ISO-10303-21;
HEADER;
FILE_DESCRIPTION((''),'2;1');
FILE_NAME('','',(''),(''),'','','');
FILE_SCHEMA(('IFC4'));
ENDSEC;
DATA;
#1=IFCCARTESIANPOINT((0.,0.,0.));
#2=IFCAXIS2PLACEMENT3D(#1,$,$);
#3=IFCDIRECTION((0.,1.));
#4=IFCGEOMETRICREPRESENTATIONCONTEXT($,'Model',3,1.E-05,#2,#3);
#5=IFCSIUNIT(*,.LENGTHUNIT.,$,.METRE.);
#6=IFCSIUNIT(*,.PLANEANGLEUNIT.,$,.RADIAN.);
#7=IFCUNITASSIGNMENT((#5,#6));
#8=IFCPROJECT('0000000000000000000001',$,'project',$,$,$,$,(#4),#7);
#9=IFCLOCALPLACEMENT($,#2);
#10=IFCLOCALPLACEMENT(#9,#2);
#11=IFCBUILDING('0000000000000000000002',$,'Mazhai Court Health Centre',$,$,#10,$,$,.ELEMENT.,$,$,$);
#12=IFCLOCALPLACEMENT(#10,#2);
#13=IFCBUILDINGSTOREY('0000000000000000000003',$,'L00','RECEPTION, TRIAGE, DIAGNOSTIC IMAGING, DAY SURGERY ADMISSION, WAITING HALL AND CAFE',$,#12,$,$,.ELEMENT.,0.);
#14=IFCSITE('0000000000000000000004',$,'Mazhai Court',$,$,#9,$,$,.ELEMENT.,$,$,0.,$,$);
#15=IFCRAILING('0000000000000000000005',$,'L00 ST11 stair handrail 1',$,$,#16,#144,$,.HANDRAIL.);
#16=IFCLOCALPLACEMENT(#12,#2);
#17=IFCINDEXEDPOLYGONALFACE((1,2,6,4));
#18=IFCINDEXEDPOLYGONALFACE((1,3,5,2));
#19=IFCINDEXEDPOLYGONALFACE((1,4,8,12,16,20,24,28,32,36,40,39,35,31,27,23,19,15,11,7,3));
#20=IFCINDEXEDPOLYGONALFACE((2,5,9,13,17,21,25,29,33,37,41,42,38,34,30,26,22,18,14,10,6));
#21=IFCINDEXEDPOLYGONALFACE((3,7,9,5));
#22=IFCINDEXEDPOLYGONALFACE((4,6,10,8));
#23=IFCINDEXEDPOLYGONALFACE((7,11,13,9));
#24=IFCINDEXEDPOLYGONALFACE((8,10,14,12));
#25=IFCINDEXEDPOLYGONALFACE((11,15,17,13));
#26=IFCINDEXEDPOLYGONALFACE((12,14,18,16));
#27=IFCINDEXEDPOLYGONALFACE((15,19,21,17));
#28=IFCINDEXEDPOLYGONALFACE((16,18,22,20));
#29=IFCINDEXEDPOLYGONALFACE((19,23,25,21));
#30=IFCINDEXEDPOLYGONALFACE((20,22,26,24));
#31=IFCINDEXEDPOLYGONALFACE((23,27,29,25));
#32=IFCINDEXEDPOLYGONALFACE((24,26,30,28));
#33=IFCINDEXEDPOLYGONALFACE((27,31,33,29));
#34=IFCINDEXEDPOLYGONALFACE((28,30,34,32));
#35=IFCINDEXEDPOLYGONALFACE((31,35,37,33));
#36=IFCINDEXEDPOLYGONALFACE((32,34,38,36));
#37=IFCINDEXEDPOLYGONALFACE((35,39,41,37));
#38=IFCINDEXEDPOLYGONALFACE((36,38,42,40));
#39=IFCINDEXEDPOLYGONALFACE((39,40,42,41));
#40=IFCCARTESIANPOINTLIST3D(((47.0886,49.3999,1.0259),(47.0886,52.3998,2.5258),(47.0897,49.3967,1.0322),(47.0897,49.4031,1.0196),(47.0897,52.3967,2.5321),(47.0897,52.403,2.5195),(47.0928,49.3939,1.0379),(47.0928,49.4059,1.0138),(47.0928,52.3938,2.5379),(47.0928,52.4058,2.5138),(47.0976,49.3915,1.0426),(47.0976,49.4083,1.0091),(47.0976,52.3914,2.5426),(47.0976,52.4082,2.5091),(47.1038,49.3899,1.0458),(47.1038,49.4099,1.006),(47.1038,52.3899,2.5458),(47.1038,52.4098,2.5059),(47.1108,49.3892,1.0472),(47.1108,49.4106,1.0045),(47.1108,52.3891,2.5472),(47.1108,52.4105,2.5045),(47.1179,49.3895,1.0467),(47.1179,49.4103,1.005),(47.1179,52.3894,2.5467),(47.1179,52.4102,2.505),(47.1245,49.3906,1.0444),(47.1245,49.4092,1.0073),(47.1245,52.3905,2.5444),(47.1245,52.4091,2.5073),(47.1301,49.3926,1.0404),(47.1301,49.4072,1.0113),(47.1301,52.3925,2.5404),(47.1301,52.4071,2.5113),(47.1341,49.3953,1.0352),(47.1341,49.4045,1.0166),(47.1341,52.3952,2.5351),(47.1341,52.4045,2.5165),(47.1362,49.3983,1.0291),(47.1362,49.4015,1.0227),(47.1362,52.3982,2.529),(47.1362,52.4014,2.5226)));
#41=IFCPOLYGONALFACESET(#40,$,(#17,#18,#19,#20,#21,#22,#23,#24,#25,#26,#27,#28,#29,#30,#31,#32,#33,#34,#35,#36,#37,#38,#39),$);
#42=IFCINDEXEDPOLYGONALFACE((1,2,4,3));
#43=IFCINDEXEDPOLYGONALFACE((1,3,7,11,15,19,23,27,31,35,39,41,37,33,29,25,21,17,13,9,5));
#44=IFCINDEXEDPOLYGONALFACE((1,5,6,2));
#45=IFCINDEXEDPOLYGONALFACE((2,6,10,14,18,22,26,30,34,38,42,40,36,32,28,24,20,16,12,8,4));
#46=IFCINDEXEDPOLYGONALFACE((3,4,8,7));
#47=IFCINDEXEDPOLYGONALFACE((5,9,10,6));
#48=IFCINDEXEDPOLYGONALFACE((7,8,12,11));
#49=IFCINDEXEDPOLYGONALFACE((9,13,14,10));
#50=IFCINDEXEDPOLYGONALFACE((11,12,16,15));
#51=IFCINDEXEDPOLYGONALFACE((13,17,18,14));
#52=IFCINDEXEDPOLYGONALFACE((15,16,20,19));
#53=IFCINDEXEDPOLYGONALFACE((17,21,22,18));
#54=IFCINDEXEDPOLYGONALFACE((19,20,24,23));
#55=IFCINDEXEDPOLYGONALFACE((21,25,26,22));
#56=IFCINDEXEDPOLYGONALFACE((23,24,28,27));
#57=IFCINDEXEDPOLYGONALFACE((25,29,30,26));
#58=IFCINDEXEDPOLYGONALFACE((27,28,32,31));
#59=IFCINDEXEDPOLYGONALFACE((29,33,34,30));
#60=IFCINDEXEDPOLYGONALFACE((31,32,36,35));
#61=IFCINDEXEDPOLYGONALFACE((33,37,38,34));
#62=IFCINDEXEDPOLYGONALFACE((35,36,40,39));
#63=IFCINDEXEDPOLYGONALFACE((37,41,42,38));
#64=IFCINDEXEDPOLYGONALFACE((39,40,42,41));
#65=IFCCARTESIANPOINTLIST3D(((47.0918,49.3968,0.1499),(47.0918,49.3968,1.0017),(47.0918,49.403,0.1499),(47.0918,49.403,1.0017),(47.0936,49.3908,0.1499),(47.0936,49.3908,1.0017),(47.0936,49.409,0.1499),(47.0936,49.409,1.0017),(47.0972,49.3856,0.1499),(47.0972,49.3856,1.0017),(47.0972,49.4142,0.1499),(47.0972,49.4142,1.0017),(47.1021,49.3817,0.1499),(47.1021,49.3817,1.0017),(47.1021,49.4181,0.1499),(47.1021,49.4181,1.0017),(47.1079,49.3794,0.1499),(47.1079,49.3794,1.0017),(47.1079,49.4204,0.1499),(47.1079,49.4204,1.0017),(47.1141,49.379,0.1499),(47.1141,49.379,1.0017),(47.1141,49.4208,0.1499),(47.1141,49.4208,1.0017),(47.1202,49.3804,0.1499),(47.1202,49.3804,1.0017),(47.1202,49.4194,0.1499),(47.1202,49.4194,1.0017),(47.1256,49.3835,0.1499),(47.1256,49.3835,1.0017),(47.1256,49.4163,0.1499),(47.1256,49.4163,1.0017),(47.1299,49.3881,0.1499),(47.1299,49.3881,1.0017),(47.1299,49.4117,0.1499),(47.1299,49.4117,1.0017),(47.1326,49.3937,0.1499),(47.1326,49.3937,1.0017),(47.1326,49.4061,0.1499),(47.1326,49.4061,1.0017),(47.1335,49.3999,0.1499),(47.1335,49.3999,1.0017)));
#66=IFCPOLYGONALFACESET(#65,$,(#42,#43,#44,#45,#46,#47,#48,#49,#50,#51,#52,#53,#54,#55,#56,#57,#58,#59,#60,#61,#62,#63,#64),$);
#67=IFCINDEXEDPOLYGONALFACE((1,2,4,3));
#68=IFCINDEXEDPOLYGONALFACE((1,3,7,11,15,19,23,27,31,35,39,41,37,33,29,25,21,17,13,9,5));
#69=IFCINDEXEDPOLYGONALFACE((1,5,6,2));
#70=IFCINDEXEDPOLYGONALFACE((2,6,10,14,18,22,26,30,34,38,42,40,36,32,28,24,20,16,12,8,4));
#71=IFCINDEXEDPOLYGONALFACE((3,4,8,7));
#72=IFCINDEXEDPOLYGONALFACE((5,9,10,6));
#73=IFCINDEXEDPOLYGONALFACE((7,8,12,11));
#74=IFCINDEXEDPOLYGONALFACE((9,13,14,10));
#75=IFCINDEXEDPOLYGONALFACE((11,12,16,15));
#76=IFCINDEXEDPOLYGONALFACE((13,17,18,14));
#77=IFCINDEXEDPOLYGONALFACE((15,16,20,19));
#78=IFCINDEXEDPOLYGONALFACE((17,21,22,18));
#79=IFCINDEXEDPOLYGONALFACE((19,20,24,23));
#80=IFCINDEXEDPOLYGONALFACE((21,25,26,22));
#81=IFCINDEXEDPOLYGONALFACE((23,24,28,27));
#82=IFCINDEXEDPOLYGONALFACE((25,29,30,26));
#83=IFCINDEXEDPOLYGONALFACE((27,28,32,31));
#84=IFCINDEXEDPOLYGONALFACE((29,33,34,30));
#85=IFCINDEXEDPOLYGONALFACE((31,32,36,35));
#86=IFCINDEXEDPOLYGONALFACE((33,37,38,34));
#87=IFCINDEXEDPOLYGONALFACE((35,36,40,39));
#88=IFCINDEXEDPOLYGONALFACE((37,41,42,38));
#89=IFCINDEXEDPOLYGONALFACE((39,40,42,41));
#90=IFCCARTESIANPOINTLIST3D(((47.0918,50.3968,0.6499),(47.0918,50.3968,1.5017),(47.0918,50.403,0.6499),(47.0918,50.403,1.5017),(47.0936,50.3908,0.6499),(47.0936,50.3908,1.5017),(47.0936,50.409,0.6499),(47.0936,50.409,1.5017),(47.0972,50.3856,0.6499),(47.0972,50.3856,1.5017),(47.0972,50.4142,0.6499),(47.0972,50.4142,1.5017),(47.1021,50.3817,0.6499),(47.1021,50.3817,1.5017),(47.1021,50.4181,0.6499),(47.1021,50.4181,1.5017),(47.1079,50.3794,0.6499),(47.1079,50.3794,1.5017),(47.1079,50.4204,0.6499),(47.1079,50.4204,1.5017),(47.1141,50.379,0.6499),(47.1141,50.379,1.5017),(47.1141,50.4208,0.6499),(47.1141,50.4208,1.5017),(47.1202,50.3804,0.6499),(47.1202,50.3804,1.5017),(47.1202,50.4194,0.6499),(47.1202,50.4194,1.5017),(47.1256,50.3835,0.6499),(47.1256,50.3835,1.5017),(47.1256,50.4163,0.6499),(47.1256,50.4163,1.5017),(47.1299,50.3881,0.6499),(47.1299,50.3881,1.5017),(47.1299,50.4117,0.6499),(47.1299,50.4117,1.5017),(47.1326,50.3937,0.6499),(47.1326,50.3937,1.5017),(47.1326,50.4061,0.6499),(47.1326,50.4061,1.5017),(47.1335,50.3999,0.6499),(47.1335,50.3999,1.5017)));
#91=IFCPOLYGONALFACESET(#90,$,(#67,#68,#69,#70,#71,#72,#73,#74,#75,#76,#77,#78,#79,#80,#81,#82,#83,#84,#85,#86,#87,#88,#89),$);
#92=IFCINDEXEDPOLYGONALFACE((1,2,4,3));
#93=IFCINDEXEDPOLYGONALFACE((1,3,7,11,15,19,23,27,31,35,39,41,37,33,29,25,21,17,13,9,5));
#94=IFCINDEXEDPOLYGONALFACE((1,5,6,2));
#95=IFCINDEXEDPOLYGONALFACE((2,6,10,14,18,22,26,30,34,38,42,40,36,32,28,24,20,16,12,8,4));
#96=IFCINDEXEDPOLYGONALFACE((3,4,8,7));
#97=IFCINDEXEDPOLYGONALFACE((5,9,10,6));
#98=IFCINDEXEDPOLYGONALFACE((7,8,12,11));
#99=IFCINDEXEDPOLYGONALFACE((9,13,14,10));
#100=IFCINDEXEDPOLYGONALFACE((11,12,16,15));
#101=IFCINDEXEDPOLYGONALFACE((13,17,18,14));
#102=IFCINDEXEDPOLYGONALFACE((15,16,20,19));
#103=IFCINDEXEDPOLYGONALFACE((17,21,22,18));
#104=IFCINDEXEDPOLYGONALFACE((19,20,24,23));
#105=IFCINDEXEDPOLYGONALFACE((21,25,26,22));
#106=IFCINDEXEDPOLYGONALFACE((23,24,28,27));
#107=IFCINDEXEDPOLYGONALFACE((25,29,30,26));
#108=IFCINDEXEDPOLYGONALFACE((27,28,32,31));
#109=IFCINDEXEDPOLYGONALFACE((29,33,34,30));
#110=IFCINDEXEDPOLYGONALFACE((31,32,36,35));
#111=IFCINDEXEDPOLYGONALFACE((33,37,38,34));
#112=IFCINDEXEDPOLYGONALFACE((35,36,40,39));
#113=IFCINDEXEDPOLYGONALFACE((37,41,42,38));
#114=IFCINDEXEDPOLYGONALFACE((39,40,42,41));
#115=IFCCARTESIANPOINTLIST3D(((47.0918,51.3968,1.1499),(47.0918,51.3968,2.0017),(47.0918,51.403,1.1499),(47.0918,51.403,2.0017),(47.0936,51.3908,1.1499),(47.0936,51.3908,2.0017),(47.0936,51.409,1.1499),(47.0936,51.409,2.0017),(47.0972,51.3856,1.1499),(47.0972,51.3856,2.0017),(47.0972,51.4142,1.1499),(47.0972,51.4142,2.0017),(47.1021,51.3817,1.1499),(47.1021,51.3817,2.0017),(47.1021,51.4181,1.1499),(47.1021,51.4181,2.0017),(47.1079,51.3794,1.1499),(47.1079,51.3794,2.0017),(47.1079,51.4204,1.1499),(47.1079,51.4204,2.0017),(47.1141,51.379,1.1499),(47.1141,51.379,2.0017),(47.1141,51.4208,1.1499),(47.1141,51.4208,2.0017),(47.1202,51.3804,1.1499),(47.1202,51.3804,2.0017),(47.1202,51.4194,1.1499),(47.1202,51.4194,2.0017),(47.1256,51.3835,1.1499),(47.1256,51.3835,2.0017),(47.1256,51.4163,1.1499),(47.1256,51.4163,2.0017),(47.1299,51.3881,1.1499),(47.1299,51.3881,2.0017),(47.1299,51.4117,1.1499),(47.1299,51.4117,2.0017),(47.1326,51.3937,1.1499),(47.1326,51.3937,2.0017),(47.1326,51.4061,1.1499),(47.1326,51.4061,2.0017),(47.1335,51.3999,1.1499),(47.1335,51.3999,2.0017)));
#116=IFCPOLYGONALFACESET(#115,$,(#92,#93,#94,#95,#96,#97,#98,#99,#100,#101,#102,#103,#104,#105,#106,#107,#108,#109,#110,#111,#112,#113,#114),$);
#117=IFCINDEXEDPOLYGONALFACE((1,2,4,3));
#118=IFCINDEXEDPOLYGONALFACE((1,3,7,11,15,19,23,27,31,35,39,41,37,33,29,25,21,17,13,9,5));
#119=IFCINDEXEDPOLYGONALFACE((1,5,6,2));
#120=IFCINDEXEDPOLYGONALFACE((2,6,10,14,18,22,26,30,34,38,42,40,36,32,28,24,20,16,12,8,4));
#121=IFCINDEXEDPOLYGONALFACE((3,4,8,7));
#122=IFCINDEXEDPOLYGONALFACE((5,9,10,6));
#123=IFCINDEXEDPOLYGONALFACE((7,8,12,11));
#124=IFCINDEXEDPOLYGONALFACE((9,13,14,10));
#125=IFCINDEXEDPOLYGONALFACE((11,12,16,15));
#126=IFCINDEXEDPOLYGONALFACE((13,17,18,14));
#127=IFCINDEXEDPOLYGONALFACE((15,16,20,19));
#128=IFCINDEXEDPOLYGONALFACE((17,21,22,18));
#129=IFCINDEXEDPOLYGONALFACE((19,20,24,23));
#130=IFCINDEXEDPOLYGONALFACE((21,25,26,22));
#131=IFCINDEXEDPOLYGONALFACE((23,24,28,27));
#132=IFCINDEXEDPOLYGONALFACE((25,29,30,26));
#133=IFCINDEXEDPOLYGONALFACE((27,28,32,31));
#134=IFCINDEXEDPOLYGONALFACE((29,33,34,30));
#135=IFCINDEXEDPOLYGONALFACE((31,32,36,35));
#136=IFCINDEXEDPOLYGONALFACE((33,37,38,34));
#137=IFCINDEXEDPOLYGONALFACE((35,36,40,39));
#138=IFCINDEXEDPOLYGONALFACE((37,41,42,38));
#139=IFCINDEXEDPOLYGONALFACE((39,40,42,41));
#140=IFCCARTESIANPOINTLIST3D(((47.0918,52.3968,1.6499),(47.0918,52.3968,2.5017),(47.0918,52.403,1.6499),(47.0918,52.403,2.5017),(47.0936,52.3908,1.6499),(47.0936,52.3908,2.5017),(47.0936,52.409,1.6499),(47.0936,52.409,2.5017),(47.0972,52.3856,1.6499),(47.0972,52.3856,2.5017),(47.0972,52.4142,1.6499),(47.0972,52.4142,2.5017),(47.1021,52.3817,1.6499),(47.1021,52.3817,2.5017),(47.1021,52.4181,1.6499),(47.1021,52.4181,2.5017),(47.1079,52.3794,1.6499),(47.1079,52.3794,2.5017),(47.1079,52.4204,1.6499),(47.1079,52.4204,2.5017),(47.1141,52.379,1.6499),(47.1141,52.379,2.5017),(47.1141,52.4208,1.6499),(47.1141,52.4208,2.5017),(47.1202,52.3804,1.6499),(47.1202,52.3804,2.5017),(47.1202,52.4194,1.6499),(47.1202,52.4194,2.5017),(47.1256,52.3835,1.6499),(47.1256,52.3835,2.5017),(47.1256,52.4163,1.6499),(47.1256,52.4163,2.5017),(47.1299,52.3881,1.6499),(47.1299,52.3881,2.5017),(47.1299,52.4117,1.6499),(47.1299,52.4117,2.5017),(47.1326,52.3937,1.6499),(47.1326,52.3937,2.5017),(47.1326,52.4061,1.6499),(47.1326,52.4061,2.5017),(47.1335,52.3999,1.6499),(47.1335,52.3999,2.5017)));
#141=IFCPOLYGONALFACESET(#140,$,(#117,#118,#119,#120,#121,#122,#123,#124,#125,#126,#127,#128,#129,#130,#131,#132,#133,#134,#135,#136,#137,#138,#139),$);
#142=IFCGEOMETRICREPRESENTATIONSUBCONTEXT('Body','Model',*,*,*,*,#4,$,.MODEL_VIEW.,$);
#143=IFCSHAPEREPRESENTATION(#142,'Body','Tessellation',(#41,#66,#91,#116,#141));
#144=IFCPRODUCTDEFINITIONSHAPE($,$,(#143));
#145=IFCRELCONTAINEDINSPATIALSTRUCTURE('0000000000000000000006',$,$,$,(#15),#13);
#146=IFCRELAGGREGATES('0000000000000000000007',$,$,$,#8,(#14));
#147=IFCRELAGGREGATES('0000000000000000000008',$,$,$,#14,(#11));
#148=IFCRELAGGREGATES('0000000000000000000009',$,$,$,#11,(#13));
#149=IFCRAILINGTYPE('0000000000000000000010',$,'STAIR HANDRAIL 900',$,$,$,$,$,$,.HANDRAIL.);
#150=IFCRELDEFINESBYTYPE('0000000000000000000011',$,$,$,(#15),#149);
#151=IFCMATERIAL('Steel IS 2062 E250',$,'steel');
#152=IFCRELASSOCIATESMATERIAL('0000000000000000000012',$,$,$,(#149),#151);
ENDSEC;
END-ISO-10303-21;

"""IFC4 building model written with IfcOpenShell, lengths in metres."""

from ifc_helpers import new_model, si_unit, direction, frame, origin, origin_2d, place, context, subcontext, project, spatial, circle, extrude, material, type_object, element, save


model = new_model("IFC4")

# Units and contexts
model_context = context("Model", 3, precision=1e-05, world=origin(), true_north=direction((0.0, 1.0)))
body_context = subcontext(model_context, "Body", "Model", "MODEL_VIEW")
ifc_project = project(units=[si_unit("LENGTHUNIT", "METRE"), si_unit("PLANEANGLEUNIT", "RADIAN")], contexts=[model_context])

# Site, building, storey
site_placement = place(None, origin())
site = spatial("IfcSite", under=ifc_project, at=site_placement, Name="Mazhai Court", CompositionType="ELEMENT", RefElevation=0.0)
building_placement = place(site_placement, origin())
building = spatial("IfcBuilding", under=site, at=building_placement, Name="Mazhai Court Health Centre", CompositionType="ELEMENT")
storey_placement = place(building_placement, origin())
storey = spatial("IfcBuildingStorey", under=building, at=storey_placement, Name="L00", Description="RECEPTION, TRIAGE, DIAGNOSTIC IMAGING, DAY SURGERY ADMISSION, WAITING HALL AND CAFE", CompositionType="ELEMENT", Elevation=0.0)

# Railing
ifc_material_1 = material(Name="Steel IS 2062 E250", Category="steel")
railing_type_1 = type_object("IfcRailingType", Name="STAIR HANDRAIL 900", PredefinedType="HANDRAIL", material=ifc_material_1)
railing_1_placement = place(storey_placement, frame((47.1125, 49.3999, 0.1499)))
element("IfcRailing", 1, at=railing_1_placement, inside=storey, type_object=railing_type_1, Name="L00 ST11 stair handrail 1", PredefinedType="HANDRAIL", context=body_context, shape_type="SweptSolid", body=[
    extrude(circle(Radius=0.0239, at=origin_2d()), frame((0.0, 0.0, 0.876), z_axis=(0.0, 0.894427, 0.447214), x_axis=(-1.0, 0.0, 0.0)), (0.0, 0.0, 1.0), 3.354),
    extrude(circle(Radius=0.021, at=origin_2d()), origin(), (0.0, 0.0, 1.0), 0.8518),
    extrude(circle(Radius=0.021, at=origin_2d()), frame((0.0, 1.0, 0.5)), (0.0, 0.0, 1.0), 0.8518),
    extrude(circle(Radius=0.021, at=origin_2d()), frame((0.0, 2.0, 1.0)), (0.0, 0.0, 1.0), 0.8518),
    extrude(circle(Radius=0.021, at=origin_2d()), frame((0.0, 3.0, 1.5)), (0.0, 0.0, 1.0), 0.8518),
])

save(model, "model.ifc")
